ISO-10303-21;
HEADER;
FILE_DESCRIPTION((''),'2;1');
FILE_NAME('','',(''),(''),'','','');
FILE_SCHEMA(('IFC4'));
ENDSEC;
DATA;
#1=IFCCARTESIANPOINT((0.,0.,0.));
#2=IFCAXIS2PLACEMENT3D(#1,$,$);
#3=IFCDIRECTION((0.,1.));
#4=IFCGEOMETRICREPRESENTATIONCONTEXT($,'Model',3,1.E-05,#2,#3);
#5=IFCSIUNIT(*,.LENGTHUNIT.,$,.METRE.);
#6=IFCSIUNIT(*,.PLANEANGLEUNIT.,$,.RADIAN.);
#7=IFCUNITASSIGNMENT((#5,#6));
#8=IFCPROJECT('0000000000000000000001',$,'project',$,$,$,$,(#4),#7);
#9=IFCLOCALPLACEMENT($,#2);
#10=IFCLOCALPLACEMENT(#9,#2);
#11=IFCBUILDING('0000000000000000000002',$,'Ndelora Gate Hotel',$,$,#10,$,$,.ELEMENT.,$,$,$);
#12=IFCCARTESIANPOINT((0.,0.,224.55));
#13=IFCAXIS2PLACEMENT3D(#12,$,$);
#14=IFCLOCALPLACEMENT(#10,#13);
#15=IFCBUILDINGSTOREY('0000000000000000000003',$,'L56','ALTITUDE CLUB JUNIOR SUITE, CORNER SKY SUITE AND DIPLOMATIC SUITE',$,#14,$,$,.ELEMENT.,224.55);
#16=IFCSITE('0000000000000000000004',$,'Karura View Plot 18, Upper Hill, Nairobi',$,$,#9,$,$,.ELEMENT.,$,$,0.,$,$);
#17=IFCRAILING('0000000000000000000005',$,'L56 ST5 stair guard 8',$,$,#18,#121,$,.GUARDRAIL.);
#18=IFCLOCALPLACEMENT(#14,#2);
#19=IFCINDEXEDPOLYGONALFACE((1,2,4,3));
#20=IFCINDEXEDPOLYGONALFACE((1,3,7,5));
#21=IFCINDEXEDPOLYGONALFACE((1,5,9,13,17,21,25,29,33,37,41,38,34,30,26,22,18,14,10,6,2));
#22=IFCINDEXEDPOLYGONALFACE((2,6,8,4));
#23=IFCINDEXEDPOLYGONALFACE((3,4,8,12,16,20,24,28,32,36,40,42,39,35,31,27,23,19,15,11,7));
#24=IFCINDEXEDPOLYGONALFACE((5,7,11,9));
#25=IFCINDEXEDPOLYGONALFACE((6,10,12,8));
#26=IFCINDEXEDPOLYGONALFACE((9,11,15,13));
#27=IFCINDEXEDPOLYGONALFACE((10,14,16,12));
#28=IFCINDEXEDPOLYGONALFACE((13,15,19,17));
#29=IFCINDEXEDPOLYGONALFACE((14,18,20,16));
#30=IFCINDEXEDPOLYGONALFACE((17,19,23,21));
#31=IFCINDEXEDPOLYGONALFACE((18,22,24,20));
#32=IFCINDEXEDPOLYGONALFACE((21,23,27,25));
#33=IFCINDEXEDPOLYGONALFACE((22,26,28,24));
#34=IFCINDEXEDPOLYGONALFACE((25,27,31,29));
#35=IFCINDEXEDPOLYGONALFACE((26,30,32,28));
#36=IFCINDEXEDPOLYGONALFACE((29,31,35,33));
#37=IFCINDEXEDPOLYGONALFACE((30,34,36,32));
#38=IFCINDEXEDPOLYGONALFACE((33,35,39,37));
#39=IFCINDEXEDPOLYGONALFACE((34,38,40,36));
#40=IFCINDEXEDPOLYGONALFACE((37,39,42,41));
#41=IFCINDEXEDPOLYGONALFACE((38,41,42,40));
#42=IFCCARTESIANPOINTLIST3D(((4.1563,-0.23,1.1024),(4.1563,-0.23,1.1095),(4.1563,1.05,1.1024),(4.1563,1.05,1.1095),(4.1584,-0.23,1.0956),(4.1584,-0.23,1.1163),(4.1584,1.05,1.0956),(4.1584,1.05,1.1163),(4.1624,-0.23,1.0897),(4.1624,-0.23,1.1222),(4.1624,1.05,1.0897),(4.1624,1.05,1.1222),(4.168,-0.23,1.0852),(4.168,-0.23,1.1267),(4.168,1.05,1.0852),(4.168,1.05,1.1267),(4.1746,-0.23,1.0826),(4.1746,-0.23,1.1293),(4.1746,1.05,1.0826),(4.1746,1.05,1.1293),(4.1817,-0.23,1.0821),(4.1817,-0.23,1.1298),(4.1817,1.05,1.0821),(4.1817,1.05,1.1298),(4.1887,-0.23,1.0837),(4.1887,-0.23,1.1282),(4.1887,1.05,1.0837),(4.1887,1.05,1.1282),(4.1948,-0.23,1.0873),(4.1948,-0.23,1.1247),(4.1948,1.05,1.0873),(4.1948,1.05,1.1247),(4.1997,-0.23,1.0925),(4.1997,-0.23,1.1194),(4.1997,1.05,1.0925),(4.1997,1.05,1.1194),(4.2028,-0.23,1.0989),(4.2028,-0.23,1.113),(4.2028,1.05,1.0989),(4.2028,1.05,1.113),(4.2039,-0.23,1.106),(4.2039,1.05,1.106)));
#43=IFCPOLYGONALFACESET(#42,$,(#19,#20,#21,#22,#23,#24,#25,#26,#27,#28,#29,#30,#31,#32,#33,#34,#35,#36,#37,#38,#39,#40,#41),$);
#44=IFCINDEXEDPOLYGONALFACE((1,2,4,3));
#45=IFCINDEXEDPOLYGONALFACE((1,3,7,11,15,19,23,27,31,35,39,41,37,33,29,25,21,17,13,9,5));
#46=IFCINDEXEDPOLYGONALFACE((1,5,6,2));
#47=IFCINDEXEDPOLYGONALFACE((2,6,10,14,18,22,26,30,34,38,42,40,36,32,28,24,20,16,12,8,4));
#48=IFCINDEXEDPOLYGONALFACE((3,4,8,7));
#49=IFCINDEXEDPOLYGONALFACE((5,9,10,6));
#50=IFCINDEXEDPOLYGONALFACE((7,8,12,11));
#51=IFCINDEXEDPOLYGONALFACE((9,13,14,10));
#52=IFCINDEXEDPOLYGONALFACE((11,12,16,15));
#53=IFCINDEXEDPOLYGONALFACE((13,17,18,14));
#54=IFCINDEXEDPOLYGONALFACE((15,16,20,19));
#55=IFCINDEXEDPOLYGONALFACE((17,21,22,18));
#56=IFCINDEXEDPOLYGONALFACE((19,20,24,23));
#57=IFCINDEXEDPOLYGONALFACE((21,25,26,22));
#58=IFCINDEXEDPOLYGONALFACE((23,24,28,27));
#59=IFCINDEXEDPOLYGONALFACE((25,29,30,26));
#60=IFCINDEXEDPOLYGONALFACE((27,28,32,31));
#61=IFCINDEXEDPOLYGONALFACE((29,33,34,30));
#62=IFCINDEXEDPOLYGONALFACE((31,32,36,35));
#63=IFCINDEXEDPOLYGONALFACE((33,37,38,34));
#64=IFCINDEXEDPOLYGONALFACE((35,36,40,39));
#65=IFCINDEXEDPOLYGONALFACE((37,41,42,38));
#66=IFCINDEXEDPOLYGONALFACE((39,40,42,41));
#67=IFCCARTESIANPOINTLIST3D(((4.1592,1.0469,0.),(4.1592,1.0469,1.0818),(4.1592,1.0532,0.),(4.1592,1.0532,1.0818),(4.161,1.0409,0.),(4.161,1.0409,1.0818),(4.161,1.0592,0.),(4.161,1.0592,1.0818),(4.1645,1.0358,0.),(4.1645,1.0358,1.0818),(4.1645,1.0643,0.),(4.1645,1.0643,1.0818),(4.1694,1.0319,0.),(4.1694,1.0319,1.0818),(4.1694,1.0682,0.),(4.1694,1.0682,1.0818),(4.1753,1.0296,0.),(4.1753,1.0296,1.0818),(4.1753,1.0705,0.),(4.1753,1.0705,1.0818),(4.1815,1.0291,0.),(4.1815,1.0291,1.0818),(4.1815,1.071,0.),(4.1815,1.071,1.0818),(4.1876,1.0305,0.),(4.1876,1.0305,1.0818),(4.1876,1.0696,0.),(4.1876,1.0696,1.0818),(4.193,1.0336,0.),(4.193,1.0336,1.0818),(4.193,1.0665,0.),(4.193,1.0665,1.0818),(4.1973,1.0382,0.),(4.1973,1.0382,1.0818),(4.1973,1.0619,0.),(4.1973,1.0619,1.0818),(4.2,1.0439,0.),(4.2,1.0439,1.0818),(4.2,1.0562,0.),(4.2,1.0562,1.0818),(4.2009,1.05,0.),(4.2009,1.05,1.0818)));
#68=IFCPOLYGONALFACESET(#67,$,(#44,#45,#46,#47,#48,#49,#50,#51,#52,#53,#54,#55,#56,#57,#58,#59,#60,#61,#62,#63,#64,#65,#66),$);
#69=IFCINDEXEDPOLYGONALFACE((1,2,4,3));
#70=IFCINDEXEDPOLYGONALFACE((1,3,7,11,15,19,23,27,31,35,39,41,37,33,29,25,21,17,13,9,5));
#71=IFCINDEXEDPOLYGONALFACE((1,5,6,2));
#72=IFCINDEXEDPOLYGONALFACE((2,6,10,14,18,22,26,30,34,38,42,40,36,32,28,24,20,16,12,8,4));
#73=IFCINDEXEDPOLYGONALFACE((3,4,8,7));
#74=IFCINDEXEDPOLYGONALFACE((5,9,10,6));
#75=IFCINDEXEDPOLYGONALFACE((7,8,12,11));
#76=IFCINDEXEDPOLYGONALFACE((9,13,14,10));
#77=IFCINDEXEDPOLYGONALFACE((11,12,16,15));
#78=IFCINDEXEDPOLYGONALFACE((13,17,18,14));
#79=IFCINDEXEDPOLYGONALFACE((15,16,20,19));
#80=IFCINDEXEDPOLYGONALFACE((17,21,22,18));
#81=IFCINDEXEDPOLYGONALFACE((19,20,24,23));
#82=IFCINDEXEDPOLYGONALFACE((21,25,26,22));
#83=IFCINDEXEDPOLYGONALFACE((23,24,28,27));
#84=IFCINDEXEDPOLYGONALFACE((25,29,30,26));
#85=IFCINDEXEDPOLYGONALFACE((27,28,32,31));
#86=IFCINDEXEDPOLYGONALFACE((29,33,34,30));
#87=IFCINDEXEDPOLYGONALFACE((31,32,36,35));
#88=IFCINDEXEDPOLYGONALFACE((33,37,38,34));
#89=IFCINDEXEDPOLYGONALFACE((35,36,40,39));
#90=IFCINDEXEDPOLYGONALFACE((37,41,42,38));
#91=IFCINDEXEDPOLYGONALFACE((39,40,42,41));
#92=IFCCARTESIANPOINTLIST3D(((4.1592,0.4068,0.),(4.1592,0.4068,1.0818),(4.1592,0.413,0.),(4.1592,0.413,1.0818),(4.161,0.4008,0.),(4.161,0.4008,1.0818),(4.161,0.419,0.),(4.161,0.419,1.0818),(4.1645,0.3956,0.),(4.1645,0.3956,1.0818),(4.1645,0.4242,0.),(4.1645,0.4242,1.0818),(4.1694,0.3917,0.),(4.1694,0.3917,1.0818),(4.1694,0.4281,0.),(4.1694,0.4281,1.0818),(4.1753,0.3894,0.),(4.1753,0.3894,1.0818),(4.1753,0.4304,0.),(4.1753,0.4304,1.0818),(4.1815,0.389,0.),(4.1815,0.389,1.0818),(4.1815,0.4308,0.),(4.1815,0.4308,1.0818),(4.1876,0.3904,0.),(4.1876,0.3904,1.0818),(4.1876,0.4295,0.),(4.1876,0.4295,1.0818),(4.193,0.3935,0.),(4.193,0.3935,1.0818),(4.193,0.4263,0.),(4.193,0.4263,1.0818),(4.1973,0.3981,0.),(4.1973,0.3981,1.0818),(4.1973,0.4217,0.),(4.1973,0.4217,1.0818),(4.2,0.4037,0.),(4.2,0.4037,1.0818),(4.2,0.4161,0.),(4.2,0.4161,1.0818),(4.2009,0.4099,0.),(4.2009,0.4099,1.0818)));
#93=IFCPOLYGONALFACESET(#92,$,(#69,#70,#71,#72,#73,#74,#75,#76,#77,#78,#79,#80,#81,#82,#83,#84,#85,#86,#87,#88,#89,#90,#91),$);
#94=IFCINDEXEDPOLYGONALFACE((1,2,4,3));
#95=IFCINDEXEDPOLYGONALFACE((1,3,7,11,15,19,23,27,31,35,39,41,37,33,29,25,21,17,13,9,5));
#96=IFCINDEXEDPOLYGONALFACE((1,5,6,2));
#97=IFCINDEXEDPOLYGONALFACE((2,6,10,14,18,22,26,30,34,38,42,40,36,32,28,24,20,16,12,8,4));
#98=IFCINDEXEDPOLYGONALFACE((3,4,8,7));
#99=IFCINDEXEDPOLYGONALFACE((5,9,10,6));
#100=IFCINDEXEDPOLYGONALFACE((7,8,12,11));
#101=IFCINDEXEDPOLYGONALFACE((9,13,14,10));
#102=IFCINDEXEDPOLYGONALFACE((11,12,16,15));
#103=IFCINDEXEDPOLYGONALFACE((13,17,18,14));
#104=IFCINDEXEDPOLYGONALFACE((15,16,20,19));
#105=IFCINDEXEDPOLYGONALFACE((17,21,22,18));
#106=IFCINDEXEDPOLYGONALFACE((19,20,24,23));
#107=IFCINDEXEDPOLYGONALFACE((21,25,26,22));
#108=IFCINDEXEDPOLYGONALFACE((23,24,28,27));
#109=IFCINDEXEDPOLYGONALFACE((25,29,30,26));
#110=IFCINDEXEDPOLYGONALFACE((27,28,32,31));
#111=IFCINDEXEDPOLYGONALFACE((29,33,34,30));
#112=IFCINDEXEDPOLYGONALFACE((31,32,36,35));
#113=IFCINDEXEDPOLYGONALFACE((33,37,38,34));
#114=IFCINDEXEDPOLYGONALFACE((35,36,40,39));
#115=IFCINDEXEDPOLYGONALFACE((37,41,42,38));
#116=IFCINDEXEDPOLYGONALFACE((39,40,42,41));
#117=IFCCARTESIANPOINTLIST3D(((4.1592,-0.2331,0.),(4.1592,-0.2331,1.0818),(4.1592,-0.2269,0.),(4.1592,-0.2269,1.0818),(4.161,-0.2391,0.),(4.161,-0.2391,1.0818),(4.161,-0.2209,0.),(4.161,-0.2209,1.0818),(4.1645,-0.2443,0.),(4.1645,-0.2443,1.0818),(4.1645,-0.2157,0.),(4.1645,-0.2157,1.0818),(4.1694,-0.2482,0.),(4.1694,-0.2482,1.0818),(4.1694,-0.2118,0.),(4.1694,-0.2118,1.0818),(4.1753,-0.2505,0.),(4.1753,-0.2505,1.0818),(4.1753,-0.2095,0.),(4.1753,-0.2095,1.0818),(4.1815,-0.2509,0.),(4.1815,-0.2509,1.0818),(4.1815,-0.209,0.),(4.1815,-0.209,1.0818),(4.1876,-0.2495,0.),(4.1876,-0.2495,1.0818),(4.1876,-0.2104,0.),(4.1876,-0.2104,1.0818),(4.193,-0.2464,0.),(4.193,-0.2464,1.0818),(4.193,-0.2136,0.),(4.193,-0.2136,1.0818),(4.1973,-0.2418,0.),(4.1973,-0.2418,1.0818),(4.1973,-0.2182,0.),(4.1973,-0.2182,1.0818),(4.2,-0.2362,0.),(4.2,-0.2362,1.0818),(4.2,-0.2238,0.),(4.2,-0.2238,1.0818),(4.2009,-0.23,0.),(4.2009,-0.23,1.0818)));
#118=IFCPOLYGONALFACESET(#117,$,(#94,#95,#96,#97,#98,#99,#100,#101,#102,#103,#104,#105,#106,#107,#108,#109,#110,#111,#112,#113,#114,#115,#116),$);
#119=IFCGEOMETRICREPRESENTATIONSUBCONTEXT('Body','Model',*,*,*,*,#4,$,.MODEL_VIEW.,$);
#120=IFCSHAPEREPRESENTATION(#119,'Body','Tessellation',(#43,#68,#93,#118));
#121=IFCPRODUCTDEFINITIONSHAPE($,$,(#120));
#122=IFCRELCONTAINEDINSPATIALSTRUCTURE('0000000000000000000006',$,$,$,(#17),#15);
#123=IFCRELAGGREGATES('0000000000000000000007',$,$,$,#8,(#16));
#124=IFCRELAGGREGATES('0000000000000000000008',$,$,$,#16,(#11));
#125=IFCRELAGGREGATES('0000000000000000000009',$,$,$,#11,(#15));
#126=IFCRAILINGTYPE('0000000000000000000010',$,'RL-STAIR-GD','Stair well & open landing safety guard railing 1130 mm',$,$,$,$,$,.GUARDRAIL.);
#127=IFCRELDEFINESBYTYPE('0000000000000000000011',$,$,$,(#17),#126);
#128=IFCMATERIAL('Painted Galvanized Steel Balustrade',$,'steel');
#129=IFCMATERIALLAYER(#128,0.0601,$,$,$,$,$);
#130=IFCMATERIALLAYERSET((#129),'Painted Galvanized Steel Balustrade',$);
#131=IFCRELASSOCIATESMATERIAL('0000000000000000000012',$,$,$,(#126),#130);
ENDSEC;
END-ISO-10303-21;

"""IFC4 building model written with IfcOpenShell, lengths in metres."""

from ifc_helpers import new_model, si_unit, direction, frame, origin, origin_2d, place, context, subcontext, project, spatial, circle, extrude, material, layer, layer_set, type_object, element, save


model = new_model("IFC4")

# Units and contexts
model_context = context("Model", 3, precision=1e-05, world=origin(), true_north=direction((0.0, 1.0)))
body_context = subcontext(model_context, "Body", "Model", "MODEL_VIEW")
ifc_project = project(units=[si_unit("LENGTHUNIT", "METRE"), si_unit("PLANEANGLEUNIT", "RADIAN")], contexts=[model_context])

# Site, building, storey
site_placement = place(None, origin())
site = spatial("IfcSite", under=ifc_project, at=site_placement, Name="Karura View Plot 18, Upper Hill, Nairobi", CompositionType="ELEMENT", RefElevation=0.0)
building_placement = place(site_placement, origin())
building = spatial("IfcBuilding", under=site, at=building_placement, Name="Ndelora Gate Hotel", CompositionType="ELEMENT")
storey_placement = place(building_placement, frame((0.0, 0.0, 224.55)))
storey = spatial("IfcBuildingStorey", under=building, at=storey_placement, Name="L56", Description="ALTITUDE CLUB JUNIOR SUITE, CORNER SKY SUITE AND DIPLOMATIC SUITE", CompositionType="ELEMENT", Elevation=224.55)

# Railing
ifc_material_1 = material(Name="Painted Galvanized Steel Balustrade", Category="steel")
ifc_layer_1 = layer(ifc_material_1, 0.0601)
ifc_layer_set_1 = layer_set([ifc_layer_1], Name="Painted Galvanized Steel Balustrade")
railing_type = type_object("IfcRailingType", Name="RL-STAIR-GD", Description="Stair well & open landing safety guard railing 1130 mm", PredefinedType="GUARDRAIL", material=ifc_layer_set_1)
for number, where, name in (
    (1, (4.1799, 1.05, 0.0), "L56 ST5 stair guard 8"),
):
    element("IfcRailing", number, at=place(storey_placement, frame(where)), inside=storey, type_object=railing_type, Name=name, PredefinedType="GUARDRAIL", context=body_context, shape_type="SweptSolid", body=[
        extrude(circle(Radius=0.0239, at=origin_2d()), frame((0.0, 0.0, 1.106), z_axis=(0.0, -1.0, 0.0), x_axis=(1.0, 0.0, 0.0)), (0.0, 0.0, 1.0), 1.28),
        extrude(circle(Radius=0.021, at=origin_2d()), origin(), (0.0, 0.0, 1.0), 1.0818),
        extrude(circle(Radius=0.021, at=origin_2d()), frame((0.0, -0.6401, 0.0)), (0.0, 0.0, 1.0), 1.0818),
        extrude(circle(Radius=0.021, at=origin_2d()), frame((0.0, -1.28, 0.0)), (0.0, 0.0, 1.0), 1.0818),
    ])

save(model, "model.ifc")
